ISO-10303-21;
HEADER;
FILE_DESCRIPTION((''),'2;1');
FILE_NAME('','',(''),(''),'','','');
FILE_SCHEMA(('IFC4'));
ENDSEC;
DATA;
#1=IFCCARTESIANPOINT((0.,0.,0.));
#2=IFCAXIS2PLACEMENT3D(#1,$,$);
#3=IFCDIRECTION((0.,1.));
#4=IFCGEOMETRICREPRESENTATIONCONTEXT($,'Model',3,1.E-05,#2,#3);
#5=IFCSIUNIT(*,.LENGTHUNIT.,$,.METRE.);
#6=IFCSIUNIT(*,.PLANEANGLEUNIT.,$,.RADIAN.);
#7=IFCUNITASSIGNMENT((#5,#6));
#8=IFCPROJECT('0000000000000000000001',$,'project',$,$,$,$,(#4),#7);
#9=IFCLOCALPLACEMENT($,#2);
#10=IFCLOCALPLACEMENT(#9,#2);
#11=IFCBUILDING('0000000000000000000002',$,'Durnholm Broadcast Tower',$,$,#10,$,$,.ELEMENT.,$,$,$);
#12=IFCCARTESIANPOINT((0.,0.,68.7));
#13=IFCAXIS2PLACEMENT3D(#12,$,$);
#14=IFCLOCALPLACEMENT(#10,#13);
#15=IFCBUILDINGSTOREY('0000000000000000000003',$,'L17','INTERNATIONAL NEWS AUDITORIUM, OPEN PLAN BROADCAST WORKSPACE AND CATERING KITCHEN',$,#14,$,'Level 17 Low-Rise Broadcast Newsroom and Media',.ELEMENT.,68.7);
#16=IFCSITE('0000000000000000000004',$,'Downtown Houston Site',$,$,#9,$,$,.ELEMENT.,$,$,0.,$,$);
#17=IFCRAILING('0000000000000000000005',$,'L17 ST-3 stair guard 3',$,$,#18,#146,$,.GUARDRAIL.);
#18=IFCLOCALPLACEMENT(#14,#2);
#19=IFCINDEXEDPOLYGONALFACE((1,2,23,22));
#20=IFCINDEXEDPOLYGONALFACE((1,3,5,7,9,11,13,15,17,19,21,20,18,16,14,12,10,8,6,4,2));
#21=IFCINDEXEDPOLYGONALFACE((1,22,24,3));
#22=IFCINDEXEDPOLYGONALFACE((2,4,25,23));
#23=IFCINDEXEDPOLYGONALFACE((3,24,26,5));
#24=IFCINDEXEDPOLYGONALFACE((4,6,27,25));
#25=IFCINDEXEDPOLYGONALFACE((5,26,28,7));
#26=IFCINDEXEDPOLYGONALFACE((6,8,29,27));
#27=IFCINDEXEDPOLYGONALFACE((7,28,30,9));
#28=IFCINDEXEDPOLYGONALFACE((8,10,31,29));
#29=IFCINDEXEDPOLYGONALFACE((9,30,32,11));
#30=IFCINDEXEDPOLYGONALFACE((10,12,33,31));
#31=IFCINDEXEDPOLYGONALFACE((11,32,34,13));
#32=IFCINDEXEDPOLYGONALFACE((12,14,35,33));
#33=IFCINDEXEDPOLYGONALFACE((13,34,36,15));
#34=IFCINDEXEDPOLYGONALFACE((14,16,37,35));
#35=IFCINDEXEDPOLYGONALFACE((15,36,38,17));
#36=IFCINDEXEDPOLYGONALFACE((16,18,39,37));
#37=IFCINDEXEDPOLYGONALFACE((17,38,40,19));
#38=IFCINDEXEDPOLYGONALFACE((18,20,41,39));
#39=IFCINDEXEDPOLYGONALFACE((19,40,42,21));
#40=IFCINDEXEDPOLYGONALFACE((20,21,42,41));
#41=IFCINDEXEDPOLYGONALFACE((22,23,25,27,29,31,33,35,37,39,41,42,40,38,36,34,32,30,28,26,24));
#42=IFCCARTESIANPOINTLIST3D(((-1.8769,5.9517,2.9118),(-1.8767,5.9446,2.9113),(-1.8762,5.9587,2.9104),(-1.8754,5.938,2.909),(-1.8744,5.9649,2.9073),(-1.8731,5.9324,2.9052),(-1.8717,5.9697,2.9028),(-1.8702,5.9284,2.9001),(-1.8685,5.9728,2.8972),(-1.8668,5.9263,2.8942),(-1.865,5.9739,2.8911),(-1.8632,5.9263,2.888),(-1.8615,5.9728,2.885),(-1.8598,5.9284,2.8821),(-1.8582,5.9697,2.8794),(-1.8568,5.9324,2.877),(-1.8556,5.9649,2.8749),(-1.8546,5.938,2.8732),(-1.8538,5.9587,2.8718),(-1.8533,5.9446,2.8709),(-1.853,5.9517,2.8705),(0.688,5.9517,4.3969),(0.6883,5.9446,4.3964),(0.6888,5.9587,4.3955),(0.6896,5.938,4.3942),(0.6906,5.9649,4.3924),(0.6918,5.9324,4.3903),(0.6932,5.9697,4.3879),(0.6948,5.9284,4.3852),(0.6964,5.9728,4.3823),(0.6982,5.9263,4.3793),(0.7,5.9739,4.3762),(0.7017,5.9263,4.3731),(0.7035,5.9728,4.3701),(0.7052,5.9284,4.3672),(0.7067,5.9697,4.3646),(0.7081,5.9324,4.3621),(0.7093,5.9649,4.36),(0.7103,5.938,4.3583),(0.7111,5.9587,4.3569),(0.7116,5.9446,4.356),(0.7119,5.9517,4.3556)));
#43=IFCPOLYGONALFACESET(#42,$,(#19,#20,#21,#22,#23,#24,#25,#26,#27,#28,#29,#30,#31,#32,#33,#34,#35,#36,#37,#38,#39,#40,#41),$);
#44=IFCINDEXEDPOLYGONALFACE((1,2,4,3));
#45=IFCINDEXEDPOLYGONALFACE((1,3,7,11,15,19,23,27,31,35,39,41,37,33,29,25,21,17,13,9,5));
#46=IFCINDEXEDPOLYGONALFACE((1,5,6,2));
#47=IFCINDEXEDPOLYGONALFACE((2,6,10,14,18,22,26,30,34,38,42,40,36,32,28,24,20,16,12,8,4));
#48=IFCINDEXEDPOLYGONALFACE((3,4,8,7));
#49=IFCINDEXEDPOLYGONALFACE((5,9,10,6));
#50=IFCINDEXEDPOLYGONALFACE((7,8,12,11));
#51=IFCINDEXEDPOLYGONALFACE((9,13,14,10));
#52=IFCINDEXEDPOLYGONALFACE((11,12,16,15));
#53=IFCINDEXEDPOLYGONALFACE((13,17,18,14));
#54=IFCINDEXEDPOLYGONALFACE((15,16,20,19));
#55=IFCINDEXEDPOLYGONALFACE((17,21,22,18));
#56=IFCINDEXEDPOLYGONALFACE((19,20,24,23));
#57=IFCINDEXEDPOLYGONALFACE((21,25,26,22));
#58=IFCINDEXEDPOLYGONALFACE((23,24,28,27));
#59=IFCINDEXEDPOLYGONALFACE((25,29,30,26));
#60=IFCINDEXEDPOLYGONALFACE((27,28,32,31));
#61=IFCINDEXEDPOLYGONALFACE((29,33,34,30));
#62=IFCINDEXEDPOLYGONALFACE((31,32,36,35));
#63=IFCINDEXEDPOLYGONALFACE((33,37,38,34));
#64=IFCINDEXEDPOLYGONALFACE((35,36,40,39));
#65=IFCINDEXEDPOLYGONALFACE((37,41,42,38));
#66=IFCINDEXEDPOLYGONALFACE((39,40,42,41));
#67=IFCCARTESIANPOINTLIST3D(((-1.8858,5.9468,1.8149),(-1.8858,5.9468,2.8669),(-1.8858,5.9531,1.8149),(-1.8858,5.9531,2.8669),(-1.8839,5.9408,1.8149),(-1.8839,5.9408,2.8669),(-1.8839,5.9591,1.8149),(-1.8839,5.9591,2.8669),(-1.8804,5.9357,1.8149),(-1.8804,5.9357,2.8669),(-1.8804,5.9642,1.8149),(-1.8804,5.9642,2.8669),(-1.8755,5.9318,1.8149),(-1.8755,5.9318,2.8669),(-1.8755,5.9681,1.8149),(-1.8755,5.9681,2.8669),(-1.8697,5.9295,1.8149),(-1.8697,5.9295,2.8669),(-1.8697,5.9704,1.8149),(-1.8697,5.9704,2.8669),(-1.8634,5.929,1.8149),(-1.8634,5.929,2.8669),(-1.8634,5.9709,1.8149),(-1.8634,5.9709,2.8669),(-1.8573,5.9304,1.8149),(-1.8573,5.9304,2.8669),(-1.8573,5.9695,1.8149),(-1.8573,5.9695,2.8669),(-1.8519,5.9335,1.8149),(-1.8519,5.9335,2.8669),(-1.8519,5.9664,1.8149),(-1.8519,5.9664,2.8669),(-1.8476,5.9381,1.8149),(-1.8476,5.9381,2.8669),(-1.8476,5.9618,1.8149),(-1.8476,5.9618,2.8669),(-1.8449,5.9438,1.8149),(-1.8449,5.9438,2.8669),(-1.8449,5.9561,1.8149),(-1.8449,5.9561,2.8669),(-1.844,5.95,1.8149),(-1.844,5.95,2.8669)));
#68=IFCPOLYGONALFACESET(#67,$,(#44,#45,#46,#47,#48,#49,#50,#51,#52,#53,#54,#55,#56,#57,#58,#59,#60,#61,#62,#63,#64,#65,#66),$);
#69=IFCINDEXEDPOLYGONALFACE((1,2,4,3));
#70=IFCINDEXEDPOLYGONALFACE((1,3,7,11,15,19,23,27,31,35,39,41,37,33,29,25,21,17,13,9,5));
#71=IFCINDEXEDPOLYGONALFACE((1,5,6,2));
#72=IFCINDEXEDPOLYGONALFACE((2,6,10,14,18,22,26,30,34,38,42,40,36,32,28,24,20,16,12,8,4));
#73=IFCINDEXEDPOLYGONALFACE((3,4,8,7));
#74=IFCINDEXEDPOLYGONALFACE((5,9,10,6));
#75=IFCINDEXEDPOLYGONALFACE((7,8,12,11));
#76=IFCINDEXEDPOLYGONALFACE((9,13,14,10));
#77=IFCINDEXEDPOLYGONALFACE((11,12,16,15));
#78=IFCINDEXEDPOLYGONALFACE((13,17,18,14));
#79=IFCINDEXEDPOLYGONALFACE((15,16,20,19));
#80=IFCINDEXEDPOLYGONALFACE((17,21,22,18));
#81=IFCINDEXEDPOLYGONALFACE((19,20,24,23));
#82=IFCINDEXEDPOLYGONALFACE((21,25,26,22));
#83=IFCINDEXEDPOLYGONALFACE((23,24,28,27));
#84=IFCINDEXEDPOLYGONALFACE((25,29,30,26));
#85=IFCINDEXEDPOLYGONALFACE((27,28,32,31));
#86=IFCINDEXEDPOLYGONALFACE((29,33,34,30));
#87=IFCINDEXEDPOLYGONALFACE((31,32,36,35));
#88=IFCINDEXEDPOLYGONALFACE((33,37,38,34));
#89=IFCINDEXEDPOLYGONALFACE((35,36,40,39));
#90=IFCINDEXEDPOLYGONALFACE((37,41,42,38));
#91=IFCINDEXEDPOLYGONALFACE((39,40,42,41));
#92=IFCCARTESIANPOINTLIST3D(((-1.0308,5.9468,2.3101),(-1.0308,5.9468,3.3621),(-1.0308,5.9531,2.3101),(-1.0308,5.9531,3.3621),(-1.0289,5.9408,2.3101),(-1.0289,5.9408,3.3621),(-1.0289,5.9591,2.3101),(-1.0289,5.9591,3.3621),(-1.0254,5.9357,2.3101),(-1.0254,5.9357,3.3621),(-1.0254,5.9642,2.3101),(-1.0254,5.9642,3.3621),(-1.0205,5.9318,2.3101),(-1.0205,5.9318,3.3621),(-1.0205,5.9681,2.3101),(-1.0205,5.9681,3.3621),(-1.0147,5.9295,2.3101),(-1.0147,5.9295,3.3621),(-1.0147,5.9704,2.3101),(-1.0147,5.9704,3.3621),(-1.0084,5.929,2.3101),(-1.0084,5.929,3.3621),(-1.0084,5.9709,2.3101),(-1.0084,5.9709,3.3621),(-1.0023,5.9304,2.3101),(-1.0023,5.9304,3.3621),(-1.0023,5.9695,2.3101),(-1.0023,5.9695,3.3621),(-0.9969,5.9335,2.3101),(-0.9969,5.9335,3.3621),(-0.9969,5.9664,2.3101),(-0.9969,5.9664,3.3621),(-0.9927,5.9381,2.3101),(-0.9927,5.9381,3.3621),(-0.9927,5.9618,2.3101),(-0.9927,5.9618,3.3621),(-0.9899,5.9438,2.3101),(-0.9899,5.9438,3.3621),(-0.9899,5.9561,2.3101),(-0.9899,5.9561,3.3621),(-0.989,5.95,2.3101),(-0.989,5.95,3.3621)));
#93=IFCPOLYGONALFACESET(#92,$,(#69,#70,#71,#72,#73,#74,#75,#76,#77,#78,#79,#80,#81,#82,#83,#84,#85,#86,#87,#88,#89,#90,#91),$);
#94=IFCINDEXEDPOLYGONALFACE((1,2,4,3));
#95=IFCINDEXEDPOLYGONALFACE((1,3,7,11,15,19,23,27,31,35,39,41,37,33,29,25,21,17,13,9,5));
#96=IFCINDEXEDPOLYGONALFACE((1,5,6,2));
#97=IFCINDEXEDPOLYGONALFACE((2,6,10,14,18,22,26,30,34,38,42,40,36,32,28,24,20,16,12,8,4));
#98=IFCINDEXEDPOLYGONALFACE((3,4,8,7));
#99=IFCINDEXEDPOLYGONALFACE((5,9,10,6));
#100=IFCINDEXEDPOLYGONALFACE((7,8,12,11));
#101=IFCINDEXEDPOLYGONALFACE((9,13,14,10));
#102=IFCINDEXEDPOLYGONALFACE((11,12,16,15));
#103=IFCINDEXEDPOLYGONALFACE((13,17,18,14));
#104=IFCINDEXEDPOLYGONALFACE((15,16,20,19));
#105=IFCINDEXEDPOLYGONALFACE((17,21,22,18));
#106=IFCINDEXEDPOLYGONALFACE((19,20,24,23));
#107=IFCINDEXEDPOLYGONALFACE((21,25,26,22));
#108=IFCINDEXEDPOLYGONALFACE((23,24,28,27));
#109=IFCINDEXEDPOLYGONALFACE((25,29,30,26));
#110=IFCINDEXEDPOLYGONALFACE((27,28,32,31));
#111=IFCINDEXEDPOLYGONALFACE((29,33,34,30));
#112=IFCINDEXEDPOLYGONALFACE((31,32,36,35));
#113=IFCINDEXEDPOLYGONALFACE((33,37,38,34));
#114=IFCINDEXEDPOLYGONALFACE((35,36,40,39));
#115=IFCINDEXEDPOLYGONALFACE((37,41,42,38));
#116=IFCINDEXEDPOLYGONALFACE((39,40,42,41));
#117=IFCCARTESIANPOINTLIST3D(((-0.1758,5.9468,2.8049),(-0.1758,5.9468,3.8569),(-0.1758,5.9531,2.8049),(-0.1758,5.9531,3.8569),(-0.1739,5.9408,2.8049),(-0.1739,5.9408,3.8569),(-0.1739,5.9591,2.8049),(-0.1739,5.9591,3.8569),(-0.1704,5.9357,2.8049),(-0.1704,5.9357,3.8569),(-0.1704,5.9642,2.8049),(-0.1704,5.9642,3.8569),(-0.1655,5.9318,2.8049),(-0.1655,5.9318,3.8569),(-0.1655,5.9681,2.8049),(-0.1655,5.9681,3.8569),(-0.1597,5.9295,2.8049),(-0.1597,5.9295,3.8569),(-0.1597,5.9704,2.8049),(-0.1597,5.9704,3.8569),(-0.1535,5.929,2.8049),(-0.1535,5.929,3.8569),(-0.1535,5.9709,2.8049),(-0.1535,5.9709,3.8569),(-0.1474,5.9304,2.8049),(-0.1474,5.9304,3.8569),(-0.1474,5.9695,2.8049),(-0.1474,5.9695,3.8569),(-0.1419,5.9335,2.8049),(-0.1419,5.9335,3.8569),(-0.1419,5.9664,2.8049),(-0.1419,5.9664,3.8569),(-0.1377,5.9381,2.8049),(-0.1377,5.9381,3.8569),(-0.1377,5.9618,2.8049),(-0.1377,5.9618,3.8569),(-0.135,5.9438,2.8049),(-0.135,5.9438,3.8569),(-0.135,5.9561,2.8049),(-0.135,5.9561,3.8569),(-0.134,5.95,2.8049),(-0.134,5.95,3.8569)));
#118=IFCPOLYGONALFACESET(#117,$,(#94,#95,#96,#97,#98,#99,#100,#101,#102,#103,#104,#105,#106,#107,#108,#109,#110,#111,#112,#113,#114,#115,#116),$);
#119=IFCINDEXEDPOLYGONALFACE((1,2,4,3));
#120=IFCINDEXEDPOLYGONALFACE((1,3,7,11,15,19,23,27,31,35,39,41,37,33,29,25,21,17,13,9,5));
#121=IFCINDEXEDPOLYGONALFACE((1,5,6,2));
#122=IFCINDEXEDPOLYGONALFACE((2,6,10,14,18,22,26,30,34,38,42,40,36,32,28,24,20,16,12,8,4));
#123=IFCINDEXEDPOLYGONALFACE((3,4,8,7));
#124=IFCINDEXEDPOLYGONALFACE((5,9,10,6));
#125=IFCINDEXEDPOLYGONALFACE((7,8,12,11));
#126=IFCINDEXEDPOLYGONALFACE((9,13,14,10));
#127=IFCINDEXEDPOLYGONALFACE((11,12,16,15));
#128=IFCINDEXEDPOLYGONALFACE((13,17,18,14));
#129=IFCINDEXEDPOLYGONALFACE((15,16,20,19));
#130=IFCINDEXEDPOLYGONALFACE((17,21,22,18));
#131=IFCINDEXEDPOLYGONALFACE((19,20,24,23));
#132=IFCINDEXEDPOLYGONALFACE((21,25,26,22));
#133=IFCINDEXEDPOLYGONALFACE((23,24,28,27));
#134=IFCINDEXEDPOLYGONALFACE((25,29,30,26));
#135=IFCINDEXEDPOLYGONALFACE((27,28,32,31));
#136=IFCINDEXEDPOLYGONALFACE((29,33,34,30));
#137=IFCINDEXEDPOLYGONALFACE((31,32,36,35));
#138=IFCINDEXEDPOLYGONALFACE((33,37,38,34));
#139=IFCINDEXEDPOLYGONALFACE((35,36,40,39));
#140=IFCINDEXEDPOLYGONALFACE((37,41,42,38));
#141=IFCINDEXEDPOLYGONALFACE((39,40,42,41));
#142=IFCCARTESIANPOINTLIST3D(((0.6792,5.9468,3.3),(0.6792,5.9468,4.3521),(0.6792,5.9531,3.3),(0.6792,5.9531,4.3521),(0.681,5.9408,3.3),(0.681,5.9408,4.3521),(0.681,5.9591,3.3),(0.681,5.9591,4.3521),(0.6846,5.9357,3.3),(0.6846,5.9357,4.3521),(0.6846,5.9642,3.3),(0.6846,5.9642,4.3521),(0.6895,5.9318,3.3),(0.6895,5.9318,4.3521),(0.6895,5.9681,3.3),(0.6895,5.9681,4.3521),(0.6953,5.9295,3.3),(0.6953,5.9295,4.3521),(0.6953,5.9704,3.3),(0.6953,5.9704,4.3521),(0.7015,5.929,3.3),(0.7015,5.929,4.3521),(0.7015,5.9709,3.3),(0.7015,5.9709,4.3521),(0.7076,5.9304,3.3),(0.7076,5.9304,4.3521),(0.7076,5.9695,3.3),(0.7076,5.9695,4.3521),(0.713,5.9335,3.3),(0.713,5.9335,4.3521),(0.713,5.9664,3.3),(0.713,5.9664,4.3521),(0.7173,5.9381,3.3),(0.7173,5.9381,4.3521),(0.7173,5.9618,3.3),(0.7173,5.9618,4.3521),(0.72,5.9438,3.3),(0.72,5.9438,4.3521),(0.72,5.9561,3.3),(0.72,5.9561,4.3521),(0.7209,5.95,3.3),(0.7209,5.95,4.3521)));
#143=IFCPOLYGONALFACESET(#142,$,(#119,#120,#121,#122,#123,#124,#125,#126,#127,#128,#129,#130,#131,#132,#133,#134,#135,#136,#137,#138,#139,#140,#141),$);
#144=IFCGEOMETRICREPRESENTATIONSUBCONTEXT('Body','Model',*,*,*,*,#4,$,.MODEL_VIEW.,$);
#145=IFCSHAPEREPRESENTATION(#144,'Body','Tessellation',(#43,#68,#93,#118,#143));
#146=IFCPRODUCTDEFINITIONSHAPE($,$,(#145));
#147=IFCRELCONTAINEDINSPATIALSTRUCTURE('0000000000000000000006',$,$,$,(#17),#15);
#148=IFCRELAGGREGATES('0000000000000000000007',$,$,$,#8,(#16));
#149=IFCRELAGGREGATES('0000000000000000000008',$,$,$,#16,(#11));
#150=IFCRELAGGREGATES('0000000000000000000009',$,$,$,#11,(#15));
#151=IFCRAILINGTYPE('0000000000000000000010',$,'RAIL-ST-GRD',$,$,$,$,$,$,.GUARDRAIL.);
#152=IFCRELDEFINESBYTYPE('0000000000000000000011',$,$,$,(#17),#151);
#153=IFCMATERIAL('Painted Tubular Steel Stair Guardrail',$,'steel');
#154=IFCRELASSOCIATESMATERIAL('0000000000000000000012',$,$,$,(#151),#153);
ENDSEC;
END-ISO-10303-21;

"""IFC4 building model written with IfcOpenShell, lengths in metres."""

from ifc_helpers import new_model, si_unit, direction, frame, origin, origin_2d, place, context, subcontext, project, spatial, circle, extrude, material, type_object, element, save


model = new_model("IFC4")

# Units and contexts
model_context = context("Model", 3, precision=1e-05, world=origin(), true_north=direction((0.0, 1.0)))
body_context = subcontext(model_context, "Body", "Model", "MODEL_VIEW")
ifc_project = project(units=[si_unit("LENGTHUNIT", "METRE"), si_unit("PLANEANGLEUNIT", "RADIAN")], contexts=[model_context])

# Site, building, storey
site_placement = place(None, origin())
site = spatial("IfcSite", under=ifc_project, at=site_placement, Name="Downtown Houston Site", CompositionType="ELEMENT", RefElevation=0.0)
building_placement = place(site_placement, origin())
building = spatial("IfcBuilding", under=site, at=building_placement, Name="Durnholm Broadcast Tower", CompositionType="ELEMENT")
storey_placement = place(building_placement, frame((0.0, 0.0, 68.7)))
storey = spatial("IfcBuildingStorey", under=building, at=storey_placement, Name="L17", Description="INTERNATIONAL NEWS AUDITORIUM, OPEN PLAN BROADCAST WORKSPACE AND CATERING KITCHEN", LongName="Level 17 Low-Rise Broadcast Newsroom and Media", CompositionType="ELEMENT", Elevation=68.7)

# Railing
ifc_material_1 = material(Name="Painted Tubular Steel Stair Guardrail", Category="steel")
railing_type = type_object("IfcRailingType", Name="RAIL-ST-GRD", PredefinedType="GUARDRAIL", material=ifc_material_1)
railing_1_placement = place(storey_placement, frame((-1.865, 5.95, 1.8149)))
element("IfcRailing", 1, at=railing_1_placement, inside=storey, type_object=railing_type, Name="L17 ST-3 stair guard 3", PredefinedType="GUARDRAIL", context=body_context, shape_type="SweptSolid", body=[
    extrude(circle(Radius=0.0239, at=origin_2d()), frame((0.0, 0.0, 1.0762), z_axis=(0.865406, 0.0, 0.501072), x_axis=(0.0, 1.0, 0.0)), (0.0, 0.0, 1.0), 2.9639),
    extrude(circle(Radius=0.021, at=origin_2d()), origin(), (0.0, 0.0, 1.0), 1.052),
    extrude(circle(Radius=0.021, at=origin_2d()), frame((0.855, 0.0, 0.4951)), (0.0, 0.0, 1.0), 1.052),
    extrude(circle(Radius=0.021, at=origin_2d()), frame((1.71, 0.0, 0.99)), (0.0, 0.0, 1.0), 1.052),
    extrude(circle(Radius=0.021, at=origin_2d()), frame((2.5649, 0.0, 1.4851)), (0.0, 0.0, 1.0), 1.052),
])

save(model, "model.ifc")
